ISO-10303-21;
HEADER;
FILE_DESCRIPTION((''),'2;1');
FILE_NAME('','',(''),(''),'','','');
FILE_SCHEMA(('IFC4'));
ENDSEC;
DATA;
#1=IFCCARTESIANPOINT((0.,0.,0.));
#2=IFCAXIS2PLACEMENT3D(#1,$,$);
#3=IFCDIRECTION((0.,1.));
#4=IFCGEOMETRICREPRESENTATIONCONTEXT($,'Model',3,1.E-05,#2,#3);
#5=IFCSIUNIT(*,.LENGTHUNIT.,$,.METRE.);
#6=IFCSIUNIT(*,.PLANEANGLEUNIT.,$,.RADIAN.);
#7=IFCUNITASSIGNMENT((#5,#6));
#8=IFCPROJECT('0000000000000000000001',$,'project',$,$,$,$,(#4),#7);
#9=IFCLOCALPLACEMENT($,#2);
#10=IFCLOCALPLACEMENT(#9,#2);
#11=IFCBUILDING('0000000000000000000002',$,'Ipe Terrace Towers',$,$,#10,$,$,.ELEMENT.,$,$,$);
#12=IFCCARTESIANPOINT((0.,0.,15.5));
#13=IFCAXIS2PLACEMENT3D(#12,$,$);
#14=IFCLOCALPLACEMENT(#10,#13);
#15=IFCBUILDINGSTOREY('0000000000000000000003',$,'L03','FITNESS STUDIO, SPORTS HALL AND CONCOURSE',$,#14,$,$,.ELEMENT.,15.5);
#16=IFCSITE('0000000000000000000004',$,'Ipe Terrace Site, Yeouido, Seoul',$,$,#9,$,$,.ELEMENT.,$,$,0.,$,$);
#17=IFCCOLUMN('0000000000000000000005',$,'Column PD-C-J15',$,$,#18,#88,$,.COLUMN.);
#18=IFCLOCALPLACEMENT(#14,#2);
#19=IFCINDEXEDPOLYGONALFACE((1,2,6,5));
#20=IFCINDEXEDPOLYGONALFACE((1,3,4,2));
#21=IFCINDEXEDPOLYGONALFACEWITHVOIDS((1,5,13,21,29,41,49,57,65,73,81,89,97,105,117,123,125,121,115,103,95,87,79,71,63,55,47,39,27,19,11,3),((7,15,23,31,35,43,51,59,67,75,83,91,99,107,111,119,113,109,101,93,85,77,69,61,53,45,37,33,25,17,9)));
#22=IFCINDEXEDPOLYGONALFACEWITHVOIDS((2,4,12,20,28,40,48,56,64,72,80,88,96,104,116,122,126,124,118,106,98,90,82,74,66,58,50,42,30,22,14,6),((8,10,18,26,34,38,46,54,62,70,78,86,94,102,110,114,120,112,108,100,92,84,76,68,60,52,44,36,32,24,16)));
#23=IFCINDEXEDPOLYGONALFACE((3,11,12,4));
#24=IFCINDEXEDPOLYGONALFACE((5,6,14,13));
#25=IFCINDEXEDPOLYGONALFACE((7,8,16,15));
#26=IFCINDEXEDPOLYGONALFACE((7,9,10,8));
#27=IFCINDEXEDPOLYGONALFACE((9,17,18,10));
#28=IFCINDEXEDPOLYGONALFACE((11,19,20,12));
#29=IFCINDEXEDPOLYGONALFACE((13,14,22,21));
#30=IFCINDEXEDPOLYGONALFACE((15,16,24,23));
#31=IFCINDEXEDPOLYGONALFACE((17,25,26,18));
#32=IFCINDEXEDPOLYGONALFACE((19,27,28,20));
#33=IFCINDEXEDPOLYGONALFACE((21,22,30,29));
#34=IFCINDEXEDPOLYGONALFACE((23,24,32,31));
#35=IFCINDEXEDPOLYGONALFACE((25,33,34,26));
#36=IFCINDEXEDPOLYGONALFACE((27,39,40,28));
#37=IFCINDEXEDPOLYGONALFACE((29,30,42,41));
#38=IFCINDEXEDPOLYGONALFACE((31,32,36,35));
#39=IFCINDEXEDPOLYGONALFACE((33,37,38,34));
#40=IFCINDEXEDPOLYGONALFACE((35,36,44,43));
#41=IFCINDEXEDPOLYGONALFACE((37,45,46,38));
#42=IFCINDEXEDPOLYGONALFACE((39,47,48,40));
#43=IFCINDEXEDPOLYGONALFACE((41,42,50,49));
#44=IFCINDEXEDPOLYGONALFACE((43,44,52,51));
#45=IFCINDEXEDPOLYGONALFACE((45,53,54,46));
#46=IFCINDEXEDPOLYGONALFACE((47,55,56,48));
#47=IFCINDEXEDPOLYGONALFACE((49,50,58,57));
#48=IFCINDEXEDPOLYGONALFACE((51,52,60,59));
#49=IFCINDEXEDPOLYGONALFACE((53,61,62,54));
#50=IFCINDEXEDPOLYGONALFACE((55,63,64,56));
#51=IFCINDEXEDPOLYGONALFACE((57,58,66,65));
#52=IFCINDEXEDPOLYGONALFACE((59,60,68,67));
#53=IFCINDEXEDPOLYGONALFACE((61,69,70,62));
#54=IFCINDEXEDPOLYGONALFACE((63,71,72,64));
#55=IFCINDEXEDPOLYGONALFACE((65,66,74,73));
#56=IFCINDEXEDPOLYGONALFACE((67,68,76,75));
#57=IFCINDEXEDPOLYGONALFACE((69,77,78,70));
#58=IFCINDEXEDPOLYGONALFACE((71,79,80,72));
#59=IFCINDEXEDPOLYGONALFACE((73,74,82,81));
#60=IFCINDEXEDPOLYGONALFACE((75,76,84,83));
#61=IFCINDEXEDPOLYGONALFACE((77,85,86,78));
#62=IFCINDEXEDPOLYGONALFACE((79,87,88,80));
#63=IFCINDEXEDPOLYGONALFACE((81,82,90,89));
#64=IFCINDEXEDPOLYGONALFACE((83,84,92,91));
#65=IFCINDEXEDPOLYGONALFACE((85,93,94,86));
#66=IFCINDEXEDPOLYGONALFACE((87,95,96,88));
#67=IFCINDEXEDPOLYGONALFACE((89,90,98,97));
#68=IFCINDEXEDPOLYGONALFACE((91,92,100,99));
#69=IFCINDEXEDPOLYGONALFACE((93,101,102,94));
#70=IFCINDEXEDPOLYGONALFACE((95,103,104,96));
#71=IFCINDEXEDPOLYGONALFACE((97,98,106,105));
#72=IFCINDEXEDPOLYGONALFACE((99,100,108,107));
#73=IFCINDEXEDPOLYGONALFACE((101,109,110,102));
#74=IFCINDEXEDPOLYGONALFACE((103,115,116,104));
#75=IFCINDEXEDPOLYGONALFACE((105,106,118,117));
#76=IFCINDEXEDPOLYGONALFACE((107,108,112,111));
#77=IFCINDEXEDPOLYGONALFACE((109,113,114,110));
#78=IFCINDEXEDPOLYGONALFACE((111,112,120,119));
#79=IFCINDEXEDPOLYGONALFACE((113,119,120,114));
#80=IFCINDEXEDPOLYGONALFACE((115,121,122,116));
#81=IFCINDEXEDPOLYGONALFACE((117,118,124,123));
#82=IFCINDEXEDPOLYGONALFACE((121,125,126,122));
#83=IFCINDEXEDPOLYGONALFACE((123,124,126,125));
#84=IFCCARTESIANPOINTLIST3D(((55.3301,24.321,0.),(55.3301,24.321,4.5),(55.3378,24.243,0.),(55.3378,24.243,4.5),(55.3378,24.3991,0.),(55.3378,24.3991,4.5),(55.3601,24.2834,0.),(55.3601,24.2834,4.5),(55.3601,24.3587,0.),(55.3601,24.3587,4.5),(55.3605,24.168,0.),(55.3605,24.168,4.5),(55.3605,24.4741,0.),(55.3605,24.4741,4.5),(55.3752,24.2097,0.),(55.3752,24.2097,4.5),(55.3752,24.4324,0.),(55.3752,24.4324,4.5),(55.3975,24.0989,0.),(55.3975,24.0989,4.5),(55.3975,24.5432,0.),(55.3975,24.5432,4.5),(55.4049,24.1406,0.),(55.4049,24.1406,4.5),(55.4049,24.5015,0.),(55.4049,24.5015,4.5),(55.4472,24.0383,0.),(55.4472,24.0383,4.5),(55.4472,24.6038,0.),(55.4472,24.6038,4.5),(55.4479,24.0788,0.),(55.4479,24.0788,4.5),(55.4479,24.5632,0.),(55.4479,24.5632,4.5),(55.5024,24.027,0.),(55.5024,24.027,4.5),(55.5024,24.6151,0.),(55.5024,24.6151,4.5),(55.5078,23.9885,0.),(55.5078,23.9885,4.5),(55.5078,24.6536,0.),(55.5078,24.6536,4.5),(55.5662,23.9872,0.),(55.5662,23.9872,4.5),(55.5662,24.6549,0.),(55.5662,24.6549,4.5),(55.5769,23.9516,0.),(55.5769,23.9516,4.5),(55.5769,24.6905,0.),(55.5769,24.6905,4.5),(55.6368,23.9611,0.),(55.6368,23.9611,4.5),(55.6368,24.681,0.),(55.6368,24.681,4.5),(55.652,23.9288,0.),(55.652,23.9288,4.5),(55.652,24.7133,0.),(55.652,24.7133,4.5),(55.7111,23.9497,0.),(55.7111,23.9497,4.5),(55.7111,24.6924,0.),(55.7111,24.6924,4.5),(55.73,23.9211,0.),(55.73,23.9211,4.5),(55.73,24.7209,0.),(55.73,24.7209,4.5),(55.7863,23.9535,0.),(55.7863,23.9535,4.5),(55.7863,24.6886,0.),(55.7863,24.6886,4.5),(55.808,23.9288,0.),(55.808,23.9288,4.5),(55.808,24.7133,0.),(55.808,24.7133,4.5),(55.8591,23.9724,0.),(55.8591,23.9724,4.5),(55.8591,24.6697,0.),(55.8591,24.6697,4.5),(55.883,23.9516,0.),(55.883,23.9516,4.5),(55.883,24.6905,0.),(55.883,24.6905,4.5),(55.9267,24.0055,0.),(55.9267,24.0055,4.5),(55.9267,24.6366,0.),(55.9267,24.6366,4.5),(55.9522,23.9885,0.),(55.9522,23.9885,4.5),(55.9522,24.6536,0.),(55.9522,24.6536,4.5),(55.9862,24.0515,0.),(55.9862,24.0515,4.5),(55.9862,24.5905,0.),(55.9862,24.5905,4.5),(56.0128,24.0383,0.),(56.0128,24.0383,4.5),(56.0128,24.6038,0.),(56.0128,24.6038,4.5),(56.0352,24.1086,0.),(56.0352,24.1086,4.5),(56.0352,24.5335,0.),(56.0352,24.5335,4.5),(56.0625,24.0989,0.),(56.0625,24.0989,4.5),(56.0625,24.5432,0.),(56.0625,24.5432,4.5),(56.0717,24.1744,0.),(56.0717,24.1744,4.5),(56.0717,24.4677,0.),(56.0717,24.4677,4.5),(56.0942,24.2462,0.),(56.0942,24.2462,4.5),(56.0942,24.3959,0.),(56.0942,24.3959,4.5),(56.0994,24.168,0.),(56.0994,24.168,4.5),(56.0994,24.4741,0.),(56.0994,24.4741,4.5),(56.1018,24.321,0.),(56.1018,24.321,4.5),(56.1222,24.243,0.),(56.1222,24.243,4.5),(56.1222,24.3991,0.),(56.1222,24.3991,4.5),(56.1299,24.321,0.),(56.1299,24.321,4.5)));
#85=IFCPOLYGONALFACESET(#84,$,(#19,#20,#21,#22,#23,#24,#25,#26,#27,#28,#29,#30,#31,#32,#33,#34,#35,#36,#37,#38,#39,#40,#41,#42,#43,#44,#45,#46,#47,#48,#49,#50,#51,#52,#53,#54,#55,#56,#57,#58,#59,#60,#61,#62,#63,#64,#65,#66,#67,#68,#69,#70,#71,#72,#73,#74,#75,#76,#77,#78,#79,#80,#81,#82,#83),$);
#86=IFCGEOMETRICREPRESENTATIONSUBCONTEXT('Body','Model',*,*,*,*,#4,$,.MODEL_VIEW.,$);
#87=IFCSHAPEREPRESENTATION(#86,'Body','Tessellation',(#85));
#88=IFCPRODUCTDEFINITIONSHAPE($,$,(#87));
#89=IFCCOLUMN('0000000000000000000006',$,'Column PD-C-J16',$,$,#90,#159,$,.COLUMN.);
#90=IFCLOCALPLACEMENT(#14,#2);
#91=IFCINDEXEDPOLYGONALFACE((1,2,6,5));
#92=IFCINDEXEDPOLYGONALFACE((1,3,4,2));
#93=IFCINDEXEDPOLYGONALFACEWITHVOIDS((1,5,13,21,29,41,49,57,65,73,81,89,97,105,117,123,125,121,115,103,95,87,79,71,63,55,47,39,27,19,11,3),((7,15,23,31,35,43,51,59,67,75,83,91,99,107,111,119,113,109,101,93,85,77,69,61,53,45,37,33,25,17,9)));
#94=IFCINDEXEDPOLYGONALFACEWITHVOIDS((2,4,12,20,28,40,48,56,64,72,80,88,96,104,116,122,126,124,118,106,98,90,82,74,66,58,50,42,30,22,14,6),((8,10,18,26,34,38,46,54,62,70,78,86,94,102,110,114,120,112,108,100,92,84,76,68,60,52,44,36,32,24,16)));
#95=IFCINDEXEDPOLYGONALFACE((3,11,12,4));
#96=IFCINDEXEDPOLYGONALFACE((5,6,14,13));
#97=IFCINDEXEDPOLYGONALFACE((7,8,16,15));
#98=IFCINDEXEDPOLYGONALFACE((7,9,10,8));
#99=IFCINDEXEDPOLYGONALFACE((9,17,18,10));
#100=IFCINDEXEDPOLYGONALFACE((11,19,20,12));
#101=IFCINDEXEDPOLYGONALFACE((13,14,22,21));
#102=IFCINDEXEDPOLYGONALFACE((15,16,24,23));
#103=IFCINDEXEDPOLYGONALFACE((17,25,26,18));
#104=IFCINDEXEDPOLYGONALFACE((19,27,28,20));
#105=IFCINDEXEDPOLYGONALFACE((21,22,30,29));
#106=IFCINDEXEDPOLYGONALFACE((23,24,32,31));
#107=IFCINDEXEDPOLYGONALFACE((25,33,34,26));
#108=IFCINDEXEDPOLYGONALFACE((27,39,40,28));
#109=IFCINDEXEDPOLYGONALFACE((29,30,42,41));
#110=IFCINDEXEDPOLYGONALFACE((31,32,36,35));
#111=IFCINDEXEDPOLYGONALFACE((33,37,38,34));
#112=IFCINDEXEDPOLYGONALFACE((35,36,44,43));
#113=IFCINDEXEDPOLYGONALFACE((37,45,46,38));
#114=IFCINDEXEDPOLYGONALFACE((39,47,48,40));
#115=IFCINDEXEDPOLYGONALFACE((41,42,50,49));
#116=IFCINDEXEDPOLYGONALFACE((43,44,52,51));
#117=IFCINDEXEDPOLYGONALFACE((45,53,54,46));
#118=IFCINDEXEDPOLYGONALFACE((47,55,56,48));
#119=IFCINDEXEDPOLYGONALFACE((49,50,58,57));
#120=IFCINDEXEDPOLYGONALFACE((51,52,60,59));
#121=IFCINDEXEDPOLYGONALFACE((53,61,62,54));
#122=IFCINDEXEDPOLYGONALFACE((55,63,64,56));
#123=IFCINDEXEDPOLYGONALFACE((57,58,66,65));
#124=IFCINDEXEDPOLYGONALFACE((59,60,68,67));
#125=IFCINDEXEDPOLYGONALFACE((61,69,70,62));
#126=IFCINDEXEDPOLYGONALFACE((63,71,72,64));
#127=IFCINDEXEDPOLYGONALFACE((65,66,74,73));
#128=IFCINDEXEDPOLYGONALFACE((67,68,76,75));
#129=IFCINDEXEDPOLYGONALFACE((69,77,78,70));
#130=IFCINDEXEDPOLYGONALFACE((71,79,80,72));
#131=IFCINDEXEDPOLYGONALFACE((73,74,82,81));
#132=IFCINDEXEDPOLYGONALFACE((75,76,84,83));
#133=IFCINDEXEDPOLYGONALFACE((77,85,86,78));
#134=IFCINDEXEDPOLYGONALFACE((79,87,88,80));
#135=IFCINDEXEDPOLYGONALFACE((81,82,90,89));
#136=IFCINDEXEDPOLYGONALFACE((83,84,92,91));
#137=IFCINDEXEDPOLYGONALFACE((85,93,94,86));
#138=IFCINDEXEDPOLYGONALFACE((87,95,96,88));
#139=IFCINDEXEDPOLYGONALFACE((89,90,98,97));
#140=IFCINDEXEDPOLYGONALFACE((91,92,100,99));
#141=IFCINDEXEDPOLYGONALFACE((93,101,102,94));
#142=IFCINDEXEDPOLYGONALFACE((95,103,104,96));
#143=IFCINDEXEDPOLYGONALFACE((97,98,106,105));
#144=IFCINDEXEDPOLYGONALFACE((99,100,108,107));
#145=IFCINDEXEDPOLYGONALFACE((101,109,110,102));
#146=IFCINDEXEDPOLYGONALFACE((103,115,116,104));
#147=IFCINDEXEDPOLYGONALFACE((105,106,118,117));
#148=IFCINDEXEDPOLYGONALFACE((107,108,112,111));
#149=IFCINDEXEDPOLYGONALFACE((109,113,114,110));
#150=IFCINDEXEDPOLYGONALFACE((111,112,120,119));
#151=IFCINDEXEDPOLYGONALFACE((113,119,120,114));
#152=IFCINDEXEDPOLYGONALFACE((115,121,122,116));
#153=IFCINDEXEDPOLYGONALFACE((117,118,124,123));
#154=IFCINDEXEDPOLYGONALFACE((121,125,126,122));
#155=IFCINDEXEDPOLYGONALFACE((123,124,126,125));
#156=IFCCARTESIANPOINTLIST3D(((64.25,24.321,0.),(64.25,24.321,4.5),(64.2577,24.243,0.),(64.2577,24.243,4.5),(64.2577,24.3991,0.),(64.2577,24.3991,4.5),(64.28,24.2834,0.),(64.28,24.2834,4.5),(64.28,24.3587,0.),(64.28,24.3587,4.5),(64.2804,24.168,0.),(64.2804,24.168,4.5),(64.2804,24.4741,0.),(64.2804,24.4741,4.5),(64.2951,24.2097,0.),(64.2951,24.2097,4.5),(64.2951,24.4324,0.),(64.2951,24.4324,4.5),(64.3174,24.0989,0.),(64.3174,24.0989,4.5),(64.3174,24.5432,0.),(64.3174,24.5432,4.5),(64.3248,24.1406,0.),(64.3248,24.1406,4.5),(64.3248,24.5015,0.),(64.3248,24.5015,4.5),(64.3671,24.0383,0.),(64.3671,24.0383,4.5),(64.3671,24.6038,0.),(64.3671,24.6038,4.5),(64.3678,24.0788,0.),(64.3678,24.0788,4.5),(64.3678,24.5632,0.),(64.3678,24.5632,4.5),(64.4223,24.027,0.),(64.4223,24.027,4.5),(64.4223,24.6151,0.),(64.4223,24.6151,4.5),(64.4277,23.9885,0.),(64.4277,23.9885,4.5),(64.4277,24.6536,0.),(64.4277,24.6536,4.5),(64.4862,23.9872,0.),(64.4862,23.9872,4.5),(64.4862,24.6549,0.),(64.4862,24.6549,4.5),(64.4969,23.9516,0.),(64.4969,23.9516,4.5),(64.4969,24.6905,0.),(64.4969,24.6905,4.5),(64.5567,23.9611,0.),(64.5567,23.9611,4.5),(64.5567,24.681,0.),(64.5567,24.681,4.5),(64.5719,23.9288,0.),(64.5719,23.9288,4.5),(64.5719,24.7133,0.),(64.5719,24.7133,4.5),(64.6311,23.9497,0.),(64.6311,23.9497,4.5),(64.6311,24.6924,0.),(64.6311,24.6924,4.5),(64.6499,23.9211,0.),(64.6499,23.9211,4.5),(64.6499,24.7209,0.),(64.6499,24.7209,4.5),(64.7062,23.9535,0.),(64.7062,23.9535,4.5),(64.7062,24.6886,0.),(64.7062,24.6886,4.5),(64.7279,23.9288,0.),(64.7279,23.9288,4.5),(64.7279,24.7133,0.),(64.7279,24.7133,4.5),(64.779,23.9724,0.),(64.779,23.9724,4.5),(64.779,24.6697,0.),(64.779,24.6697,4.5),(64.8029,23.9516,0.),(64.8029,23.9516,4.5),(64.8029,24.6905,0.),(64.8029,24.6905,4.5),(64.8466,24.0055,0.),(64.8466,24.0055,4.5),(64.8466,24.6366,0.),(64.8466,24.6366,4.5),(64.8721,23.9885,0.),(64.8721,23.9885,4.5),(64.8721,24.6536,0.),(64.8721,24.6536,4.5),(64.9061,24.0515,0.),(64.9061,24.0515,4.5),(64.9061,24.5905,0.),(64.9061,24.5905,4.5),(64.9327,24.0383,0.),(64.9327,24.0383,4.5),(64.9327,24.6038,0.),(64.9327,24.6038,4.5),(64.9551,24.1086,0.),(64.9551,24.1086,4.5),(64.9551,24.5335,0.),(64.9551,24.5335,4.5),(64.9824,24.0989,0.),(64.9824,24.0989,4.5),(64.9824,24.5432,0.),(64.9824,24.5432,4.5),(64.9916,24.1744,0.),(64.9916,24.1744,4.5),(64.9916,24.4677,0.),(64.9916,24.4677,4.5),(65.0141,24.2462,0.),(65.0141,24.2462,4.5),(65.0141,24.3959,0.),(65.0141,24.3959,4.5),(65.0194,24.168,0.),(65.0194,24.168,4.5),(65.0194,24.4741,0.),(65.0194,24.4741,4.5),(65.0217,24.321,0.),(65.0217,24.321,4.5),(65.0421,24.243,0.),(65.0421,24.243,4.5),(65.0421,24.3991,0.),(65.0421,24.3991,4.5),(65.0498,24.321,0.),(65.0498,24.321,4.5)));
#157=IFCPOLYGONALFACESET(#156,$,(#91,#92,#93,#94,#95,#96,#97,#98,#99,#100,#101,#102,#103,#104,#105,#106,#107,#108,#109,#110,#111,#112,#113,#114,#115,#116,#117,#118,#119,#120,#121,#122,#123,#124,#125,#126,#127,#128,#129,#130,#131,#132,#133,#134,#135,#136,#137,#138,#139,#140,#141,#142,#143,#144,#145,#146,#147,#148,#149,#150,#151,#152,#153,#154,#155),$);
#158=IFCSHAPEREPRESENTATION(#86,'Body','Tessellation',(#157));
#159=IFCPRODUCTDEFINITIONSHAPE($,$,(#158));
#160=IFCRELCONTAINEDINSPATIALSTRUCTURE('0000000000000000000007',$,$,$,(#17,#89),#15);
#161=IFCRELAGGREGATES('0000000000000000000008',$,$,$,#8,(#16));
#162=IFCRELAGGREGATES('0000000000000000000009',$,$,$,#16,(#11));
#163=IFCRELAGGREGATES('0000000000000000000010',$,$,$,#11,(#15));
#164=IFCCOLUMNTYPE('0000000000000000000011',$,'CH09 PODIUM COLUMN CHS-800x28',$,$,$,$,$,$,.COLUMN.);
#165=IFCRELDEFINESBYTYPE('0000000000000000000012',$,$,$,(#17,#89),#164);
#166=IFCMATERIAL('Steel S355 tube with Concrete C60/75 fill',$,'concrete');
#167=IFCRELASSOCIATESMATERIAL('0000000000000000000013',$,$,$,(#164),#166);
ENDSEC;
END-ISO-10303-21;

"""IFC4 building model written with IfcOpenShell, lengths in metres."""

from ifc_helpers import new_model, si_unit, direction, frame, origin, origin_2d, place, context, subcontext, project, spatial, hollow_circle, extrude, material, material_profile, profile_set, type_object, element, save


model = new_model("IFC4")

# Units and contexts
model_context = context("Model", 3, precision=1e-05, world=origin(), true_north=direction((0.0, 1.0)))
body_context = subcontext(model_context, "Body", "Model", "MODEL_VIEW")
ifc_project = project(units=[si_unit("LENGTHUNIT", "METRE"), si_unit("PLANEANGLEUNIT", "RADIAN")], contexts=[model_context])

# Site, building, storey
site_placement = place(None, origin())
site = spatial("IfcSite", under=ifc_project, at=site_placement, Name="Ipe Terrace Site, Yeouido, Seoul", CompositionType="ELEMENT", RefElevation=0.0)
building_placement = place(site_placement, origin())
building = spatial("IfcBuilding", under=site, at=building_placement, Name="Ipe Terrace Towers", CompositionType="ELEMENT")
storey_placement = place(building_placement, frame((0.0, 0.0, 15.5)))
storey = spatial("IfcBuildingStorey", under=building, at=storey_placement, Name="L03", Description="FITNESS STUDIO, SPORTS HALL AND CONCOURSE", CompositionType="ELEMENT", Elevation=15.5)

# Columns
ifc_material_1 = material(Name="Steel S355 tube with Concrete C60/75 fill", Category="concrete")
ifc_material_profile_1 = material_profile(ifc_material_1, hollow_circle(Radius=0.3999, WallThickness=0.0281, at=origin_2d()), Name="CHS-800x28")
ifc_profile_set_1 = profile_set([ifc_material_profile_1], Name="Steel S355 tube with Concrete C60/75 fill")
column_type = type_object("IfcColumnType", Name="CH09 PODIUM COLUMN CHS-800x28", PredefinedType="COLUMN", material=ifc_profile_set_1)
for number, where, z_axis, x_axis, name in (
    (1, (55.73, 24.321, 0.0), (0.0, 0.0, 1.0), (1.0, 0.0, 0.0), "Column PD-C-J15"),
    (2, (64.6499, 24.321, 0.0), (0.0, 0.0, 1.0), (1.0, 0.0, 0.0), "Column PD-C-J16"),
):
    element("IfcColumn", number, at=place(storey_placement, frame(where, z_axis=z_axis, x_axis=x_axis)), inside=storey, type_object=column_type, Name=name, PredefinedType="COLUMN", context=body_context, shape_type="SweptSolid", body=[
        extrude(hollow_circle(Radius=0.3999, WallThickness=0.0281, at=origin_2d()), origin(), (0.0, 0.0, 1.0), 4.5),
    ])

save(model, "model.ifc")
